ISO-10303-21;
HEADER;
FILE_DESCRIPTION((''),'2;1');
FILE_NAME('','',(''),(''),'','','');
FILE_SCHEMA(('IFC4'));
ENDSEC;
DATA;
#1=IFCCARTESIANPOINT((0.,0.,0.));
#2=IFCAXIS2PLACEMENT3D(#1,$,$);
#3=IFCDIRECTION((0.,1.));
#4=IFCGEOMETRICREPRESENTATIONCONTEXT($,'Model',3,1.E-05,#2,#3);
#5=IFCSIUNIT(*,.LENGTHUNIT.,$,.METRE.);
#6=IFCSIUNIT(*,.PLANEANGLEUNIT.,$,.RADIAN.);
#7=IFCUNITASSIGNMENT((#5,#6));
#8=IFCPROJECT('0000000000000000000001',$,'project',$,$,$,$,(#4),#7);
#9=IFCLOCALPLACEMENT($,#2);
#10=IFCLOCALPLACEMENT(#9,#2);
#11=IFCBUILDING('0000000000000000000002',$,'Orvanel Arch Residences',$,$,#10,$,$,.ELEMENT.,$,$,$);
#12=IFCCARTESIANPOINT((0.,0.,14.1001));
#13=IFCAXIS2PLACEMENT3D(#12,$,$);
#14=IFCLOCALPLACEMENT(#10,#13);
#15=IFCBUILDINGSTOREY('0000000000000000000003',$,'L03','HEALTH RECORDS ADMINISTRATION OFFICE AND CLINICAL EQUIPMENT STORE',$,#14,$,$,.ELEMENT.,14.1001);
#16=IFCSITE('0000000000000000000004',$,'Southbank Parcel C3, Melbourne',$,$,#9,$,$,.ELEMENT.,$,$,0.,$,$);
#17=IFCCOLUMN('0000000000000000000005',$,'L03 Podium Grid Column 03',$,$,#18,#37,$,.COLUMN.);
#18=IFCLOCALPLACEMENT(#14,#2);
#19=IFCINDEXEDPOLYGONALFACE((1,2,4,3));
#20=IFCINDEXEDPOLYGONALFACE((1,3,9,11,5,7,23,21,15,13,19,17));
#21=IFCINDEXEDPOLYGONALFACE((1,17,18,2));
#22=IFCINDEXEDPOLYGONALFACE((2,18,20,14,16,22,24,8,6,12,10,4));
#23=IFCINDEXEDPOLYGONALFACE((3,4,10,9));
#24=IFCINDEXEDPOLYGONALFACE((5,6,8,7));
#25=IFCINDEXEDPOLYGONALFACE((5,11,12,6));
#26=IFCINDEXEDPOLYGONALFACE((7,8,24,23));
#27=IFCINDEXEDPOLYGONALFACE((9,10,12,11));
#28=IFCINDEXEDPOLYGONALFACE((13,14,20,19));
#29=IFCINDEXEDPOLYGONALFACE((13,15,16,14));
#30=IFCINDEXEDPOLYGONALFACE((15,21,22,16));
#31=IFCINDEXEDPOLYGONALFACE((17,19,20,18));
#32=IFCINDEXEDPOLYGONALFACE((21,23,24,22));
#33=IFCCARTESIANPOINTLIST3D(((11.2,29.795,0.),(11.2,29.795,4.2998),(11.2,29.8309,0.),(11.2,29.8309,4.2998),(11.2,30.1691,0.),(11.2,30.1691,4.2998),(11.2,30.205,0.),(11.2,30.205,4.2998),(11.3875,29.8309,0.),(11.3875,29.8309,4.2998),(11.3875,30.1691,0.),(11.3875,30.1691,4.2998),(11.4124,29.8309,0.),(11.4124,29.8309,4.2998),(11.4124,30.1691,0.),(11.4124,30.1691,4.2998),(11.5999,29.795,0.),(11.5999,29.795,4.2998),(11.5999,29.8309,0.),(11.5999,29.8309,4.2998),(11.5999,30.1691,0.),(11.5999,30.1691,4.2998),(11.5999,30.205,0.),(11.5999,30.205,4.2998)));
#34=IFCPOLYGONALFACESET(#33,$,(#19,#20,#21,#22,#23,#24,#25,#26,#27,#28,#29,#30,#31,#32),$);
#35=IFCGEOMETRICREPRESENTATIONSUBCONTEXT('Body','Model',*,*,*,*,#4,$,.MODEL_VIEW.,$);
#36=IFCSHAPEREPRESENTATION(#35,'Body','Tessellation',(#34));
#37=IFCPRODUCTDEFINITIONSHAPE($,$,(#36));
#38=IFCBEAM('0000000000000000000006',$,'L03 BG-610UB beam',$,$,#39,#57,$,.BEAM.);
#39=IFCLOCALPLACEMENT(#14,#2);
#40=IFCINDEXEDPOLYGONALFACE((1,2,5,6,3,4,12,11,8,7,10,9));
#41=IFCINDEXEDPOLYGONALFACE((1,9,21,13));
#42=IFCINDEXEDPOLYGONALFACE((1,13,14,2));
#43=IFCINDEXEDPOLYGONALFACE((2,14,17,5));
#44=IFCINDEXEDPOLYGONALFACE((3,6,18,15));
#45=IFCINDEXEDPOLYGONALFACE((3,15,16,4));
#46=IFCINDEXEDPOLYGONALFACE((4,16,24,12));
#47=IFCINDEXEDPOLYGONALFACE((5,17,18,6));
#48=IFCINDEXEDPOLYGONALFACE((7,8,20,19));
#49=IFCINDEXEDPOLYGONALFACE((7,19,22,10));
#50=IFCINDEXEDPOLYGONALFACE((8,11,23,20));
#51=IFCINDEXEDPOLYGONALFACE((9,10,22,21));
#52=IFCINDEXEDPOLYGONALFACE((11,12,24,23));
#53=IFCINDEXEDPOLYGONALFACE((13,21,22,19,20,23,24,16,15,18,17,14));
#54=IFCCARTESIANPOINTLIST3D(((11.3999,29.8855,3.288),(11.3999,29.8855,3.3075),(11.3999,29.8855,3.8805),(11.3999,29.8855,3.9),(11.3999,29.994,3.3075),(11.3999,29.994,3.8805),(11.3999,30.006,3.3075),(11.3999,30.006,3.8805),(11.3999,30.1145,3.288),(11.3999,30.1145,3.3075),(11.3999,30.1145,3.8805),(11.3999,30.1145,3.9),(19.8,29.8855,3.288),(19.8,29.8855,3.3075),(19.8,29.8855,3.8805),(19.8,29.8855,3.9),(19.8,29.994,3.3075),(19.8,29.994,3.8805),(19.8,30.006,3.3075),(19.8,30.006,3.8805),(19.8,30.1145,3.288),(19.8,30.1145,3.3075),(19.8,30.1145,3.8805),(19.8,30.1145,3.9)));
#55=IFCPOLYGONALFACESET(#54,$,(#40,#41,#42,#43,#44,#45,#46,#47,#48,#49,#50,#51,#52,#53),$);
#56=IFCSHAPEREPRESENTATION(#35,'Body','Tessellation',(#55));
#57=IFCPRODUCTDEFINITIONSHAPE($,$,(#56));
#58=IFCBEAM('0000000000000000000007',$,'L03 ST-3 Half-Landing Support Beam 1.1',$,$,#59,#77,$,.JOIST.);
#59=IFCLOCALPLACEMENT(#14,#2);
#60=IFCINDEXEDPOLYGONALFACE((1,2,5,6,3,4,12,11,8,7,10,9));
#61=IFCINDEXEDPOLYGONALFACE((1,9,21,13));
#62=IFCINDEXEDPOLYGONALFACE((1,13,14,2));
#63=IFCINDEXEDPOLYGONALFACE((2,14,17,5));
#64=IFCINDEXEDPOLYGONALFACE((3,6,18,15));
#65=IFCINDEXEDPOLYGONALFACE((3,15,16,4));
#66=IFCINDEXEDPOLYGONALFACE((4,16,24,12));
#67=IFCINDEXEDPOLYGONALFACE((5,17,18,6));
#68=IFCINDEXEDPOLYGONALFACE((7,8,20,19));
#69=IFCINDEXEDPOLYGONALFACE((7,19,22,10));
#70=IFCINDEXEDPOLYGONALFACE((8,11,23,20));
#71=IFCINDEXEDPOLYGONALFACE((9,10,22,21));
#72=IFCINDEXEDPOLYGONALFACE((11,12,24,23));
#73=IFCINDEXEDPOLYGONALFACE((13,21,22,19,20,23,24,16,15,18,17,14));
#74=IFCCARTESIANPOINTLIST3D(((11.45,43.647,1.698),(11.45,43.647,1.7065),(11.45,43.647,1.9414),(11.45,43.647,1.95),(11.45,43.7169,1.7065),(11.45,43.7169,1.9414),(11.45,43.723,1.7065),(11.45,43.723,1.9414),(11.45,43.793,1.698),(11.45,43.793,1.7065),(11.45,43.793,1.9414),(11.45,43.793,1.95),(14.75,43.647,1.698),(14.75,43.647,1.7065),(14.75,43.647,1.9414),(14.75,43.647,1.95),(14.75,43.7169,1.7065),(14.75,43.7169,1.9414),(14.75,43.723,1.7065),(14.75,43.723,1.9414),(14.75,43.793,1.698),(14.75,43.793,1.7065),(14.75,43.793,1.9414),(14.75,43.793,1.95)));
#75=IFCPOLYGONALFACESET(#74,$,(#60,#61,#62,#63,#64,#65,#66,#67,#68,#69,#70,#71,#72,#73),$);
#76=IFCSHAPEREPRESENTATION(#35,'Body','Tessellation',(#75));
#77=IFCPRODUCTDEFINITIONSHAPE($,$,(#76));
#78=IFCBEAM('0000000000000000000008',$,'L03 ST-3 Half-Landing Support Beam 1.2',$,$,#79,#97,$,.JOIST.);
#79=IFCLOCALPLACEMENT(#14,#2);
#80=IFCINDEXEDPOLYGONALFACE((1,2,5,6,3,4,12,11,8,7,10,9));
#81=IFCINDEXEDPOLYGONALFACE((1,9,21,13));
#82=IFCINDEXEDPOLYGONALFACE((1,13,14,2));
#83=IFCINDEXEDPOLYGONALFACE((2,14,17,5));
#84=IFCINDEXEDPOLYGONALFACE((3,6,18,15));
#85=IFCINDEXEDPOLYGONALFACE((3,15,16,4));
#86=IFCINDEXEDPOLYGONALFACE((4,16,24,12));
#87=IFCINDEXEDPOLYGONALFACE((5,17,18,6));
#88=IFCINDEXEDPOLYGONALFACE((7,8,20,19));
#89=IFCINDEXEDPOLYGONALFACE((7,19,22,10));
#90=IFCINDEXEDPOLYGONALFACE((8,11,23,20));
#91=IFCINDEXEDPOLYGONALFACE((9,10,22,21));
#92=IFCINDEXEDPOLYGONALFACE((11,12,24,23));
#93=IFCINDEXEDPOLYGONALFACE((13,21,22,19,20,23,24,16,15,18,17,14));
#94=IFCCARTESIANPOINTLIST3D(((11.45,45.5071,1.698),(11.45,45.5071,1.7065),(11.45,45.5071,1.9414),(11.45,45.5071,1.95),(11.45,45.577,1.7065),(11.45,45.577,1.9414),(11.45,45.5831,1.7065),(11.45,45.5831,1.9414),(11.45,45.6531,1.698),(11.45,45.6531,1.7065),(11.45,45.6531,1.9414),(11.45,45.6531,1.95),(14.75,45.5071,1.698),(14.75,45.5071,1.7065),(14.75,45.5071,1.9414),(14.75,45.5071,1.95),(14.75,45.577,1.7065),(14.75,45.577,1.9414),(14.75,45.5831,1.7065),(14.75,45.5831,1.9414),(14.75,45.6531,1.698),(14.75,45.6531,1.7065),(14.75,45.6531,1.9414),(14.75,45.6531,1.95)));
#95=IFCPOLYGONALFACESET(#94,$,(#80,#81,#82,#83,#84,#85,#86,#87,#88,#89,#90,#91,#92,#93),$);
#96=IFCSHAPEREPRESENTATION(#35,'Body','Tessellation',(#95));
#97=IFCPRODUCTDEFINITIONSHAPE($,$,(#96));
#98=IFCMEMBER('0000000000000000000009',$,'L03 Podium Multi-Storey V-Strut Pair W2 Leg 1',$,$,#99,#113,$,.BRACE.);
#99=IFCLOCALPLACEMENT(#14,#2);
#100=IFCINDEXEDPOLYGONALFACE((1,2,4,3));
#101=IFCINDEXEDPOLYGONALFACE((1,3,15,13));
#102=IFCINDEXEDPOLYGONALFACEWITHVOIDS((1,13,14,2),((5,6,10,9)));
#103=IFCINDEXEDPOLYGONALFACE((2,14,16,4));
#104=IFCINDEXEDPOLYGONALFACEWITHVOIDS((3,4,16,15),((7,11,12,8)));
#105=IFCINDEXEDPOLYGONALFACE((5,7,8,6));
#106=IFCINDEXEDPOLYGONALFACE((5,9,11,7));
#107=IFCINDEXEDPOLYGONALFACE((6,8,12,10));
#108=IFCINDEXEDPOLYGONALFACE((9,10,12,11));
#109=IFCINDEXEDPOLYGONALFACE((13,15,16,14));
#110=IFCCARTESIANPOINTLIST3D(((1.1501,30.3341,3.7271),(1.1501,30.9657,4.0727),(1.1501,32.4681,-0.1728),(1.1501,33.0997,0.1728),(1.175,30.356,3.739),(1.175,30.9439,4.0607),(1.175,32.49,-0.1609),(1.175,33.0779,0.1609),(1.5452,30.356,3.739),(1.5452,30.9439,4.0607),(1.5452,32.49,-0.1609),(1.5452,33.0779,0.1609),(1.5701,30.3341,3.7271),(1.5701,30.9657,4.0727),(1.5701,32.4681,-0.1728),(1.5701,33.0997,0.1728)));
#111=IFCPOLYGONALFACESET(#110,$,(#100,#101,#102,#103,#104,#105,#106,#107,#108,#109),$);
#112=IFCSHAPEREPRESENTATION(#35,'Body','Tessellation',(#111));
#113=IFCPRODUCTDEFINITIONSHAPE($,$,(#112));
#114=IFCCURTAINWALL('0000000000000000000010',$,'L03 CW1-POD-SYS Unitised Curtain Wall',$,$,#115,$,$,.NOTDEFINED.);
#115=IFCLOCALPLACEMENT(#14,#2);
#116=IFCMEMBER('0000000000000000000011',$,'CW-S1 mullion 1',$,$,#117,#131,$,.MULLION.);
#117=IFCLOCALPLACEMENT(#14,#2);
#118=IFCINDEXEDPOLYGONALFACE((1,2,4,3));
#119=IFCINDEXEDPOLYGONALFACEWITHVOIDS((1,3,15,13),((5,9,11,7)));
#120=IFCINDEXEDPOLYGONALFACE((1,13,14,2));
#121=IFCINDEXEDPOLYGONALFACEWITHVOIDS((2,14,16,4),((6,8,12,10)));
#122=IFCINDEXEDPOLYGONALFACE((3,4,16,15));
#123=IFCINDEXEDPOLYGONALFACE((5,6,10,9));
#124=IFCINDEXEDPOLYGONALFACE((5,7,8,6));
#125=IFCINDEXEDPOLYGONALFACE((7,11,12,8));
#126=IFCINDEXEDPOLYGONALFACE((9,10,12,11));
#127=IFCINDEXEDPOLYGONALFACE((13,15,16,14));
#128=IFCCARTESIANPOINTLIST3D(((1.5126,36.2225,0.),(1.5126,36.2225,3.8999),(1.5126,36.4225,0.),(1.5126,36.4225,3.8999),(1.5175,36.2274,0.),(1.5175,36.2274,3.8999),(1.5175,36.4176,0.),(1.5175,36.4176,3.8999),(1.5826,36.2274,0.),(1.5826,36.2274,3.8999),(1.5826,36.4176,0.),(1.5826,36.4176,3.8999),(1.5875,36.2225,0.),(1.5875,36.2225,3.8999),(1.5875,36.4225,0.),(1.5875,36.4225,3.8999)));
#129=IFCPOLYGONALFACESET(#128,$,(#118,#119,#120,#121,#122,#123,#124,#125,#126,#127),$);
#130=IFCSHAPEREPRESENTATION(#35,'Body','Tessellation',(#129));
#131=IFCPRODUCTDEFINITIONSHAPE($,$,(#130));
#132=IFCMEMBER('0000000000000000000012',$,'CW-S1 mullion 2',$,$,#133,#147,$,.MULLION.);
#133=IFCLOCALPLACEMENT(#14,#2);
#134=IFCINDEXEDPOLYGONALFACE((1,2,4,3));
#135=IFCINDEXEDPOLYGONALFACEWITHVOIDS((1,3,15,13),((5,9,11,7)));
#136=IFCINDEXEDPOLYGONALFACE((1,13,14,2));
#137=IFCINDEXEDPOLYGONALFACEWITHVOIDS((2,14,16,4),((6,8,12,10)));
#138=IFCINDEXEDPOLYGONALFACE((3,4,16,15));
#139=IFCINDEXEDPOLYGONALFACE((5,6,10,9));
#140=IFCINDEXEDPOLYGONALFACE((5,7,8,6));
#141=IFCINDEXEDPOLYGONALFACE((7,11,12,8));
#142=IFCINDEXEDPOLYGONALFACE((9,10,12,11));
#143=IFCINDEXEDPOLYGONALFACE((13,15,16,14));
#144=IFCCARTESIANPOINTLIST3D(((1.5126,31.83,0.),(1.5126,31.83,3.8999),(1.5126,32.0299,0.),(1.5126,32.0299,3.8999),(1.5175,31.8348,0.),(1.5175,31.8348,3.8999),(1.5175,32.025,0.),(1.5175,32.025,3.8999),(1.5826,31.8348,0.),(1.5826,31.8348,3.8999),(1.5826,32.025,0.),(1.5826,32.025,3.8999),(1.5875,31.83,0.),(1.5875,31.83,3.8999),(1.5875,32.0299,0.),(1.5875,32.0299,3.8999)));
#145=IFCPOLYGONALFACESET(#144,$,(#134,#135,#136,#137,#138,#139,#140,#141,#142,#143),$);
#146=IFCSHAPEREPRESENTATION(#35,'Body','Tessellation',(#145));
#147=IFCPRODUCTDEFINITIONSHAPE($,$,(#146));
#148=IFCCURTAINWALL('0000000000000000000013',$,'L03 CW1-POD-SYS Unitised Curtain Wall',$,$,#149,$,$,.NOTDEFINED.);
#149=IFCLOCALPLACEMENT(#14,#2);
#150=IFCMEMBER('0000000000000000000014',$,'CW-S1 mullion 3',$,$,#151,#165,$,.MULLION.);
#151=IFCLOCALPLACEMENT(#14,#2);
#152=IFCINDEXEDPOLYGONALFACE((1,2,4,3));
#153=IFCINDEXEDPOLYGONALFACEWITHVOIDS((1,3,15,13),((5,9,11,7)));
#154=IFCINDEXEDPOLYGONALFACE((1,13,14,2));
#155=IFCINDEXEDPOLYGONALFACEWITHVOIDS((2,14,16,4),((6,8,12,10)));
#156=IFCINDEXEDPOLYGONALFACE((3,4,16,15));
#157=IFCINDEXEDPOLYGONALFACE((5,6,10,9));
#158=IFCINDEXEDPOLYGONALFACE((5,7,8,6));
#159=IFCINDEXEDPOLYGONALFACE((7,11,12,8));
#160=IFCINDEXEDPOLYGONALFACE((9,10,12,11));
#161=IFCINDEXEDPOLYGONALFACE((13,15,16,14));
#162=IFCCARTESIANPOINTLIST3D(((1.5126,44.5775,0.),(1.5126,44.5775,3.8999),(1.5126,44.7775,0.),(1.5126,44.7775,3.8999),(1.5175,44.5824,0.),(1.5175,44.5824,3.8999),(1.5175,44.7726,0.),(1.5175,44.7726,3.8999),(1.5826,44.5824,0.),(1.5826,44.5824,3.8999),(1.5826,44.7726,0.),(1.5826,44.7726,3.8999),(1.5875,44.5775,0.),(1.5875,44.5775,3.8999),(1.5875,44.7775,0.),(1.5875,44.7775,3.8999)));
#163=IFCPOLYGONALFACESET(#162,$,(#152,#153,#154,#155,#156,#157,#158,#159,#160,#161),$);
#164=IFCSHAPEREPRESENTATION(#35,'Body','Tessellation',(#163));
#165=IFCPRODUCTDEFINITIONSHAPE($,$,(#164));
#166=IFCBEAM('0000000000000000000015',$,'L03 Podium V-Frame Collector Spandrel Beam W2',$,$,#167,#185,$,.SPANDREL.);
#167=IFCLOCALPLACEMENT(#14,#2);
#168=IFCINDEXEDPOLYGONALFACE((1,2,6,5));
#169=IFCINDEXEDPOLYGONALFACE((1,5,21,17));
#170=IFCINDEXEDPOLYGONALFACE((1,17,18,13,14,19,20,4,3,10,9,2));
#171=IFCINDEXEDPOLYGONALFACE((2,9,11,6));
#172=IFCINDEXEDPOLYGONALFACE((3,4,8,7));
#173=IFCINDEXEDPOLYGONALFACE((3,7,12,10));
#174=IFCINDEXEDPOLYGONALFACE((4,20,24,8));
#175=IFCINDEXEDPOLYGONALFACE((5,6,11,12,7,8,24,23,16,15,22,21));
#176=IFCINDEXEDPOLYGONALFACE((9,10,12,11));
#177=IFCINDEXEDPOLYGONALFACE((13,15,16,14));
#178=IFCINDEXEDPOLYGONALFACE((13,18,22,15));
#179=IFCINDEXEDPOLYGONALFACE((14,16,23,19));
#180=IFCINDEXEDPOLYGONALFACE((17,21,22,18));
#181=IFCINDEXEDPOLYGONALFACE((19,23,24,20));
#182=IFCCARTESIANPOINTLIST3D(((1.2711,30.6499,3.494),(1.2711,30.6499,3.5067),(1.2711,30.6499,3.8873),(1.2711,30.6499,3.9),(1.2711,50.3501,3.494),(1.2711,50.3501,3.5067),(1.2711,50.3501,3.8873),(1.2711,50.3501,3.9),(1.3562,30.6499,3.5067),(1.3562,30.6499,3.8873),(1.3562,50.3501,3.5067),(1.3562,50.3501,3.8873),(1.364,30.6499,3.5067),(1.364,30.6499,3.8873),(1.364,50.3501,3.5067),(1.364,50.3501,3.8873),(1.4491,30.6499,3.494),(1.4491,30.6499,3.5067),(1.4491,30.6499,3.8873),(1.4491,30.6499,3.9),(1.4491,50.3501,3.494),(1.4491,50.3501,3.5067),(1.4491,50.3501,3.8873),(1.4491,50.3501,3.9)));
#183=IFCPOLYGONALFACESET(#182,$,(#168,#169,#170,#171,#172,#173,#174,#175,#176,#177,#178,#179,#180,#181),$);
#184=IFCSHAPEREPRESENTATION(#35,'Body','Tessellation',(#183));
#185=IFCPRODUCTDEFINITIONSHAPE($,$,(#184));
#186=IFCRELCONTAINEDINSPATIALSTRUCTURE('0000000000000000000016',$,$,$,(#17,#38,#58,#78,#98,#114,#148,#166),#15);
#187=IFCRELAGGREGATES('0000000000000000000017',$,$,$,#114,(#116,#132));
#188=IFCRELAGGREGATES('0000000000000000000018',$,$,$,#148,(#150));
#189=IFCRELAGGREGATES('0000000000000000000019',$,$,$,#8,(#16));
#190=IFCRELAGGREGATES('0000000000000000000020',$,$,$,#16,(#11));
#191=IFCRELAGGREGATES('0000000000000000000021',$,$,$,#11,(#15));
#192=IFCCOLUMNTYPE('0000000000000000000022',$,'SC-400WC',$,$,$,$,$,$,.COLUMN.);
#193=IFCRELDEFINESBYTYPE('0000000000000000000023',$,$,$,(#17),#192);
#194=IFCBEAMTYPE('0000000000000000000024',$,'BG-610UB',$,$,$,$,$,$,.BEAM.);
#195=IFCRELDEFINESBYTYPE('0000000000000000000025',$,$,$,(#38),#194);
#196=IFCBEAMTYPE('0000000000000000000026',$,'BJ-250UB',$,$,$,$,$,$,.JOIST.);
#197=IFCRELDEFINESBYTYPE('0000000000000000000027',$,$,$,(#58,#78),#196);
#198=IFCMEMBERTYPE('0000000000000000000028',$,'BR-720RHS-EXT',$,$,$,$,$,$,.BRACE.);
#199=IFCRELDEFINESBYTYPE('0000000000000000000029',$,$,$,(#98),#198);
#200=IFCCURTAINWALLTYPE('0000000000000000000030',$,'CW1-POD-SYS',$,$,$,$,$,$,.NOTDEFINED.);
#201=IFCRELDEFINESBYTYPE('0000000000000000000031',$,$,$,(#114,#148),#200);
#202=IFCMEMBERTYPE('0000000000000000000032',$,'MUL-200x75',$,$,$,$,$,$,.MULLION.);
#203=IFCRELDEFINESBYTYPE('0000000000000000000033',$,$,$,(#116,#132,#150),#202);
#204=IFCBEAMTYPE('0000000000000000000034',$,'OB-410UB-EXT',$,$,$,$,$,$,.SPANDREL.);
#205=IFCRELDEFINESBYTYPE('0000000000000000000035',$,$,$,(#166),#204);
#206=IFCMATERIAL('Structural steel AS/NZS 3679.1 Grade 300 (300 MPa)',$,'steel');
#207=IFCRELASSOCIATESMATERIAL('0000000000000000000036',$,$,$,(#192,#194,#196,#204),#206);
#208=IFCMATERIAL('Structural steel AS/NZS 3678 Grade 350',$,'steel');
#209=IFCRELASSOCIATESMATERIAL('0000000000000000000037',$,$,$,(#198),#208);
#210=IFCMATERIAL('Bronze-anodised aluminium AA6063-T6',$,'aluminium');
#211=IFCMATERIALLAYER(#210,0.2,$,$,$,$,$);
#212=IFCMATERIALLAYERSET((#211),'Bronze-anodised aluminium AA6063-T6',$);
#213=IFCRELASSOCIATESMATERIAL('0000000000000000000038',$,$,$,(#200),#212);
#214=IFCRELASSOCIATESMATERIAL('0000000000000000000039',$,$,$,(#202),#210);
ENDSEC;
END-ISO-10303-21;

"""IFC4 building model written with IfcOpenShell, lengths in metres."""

from ifc_helpers import new_model, si_unit, direction, frame, origin, origin_2d, place, context, subcontext, project, spatial, hollow_rectangle, i_section, extrude, material, layer, layer_set, material_profile, profile_set, type_object, element, aggregate, save


model = new_model("IFC4")

# Units and contexts
model_context = context("Model", 3, precision=1e-05, world=origin(), true_north=direction((0.0, 1.0)))
body_context = subcontext(model_context, "Body", "Model", "MODEL_VIEW")
ifc_project = project(units=[si_unit("LENGTHUNIT", "METRE"), si_unit("PLANEANGLEUNIT", "RADIAN")], contexts=[model_context])

# Site, building, storey
site_placement = place(None, origin())
site = spatial("IfcSite", under=ifc_project, at=site_placement, Name="Southbank Parcel C3, Melbourne", CompositionType="ELEMENT", RefElevation=0.0)
building_placement = place(site_placement, origin())
building = spatial("IfcBuilding", under=site, at=building_placement, Name="Orvanel Arch Residences", CompositionType="ELEMENT")
storey_placement = place(building_placement, frame((0.0, 0.0, 14.1001)))
storey = spatial("IfcBuildingStorey", under=building, at=storey_placement, Name="L03", Description="HEALTH RECORDS ADMINISTRATION OFFICE AND CLINICAL EQUIPMENT STORE", CompositionType="ELEMENT", Elevation=14.1001)

# Column
ifc_material_1 = material(Name="Structural steel AS/NZS 3679.1 Grade 300 (300 MPa)", Category="steel")
ifc_material_profile_1 = material_profile(ifc_material_1, i_section(OverallWidth=0.3999, OverallDepth=0.4099, WebThickness=0.0249, FlangeThickness=0.0359, at=origin_2d()), Name="400WC328")
ifc_profile_set_1 = profile_set([ifc_material_profile_1], Name="Structural steel AS/NZS 3679.1 Grade 300 (300 MPa)")
column_type = type_object("IfcColumnType", Name="SC-400WC", PredefinedType="COLUMN", material=ifc_profile_set_1)
column_placement = place(storey_placement, frame((11.3999, 30.0, 0.0), z_axis=(0.0, 0.0, 1.0), x_axis=(1.0, 0.0, 0.0)))
element("IfcColumn", 1, at=column_placement, inside=storey, type_object=column_type, Name="L03 Podium Grid Column 03", PredefinedType="COLUMN", context=body_context, shape_type="SweptSolid", body=[
    extrude(i_section(OverallWidth=0.3999, OverallDepth=0.4099, WebThickness=0.0249, FlangeThickness=0.0359, at=origin_2d()), origin(), (0.0, 0.0, 1.0), 4.2998),
])

# Beams
ifc_material_profile_2 = material_profile(ifc_material_1, i_section(OverallWidth=0.229, OverallDepth=0.6121, WebThickness=0.012, FlangeThickness=0.0195, at=origin_2d()), Name="610UB125")
ifc_profile_set_2 = profile_set([ifc_material_profile_2], Name="Structural steel AS/NZS 3679.1 Grade 300 (300 MPa)")
beam_type_1 = type_object("IfcBeamType", Name="BG-610UB", PredefinedType="BEAM", material=ifc_profile_set_2)
beam_1_placement = place(storey_placement, frame((11.3999, 30.0, 3.594), z_axis=(1.0, 0.0, 0.0), x_axis=(0.0, 1.0, 0.0)))
element("IfcBeam", 2, at=beam_1_placement, inside=storey, type_object=beam_type_1, Name="L03 BG-610UB beam", PredefinedType="BEAM", context=body_context, shape_type="SweptSolid", body=[
    extrude(i_section(OverallWidth=0.229, OverallDepth=0.6121, WebThickness=0.012, FlangeThickness=0.0195, at=origin_2d()), origin(), (0.0, 0.0, 1.0), 8.4001),
])
ifc_material_profile_3 = material_profile(ifc_material_1, i_section(OverallWidth=0.146, OverallDepth=0.252, WebThickness=0.0061, FlangeThickness=0.0085, at=origin_2d()), Name="250UB31.4")
ifc_profile_set_3 = profile_set([ifc_material_profile_3], Name="Structural steel AS/NZS 3679.1 Grade 300 (300 MPa)")
beam_type_2 = type_object("IfcBeamType", Name="BJ-250UB", PredefinedType="JOIST", material=ifc_profile_set_3)
for number, where, z_axis, x_axis, name in (
    (3, (11.45, 43.72, 1.824), (1.0, 0.0, 0.0), (0.0, 1.0, 0.0), "L03 ST-3 Half-Landing Support Beam 1.1"),
    (4, (11.45, 45.5801, 1.824), (1.0, 0.0, 0.0), (0.0, 1.0, 0.0), "L03 ST-3 Half-Landing Support Beam 1.2"),
):
    element("IfcBeam", number, at=place(storey_placement, frame(where, z_axis=z_axis, x_axis=x_axis)), inside=storey, type_object=beam_type_2, Name=name, PredefinedType="JOIST", context=body_context, shape_type="SweptSolid", body=[
        extrude(i_section(OverallWidth=0.146, OverallDepth=0.252, WebThickness=0.0061, FlangeThickness=0.0085, at=origin_2d()), origin(), (0.0, 0.0, 1.0), 3.3),
    ])

# Member
ifc_material_2 = material(Name="Structural steel AS/NZS 3678 Grade 350", Category="steel")
ifc_material_profile_4 = material_profile(ifc_material_2, hollow_rectangle(XDim=0.4199, YDim=0.72, WallThickness=0.0249, at=origin_2d()), Name="RHS720x420x25")
ifc_profile_set_4 = profile_set([ifc_material_profile_4], Name="Structural steel AS/NZS 3678 Grade 350")
member_type_1 = type_object("IfcMemberType", Name="BR-720RHS-EXT", PredefinedType="BRACE", material=ifc_profile_set_4)
member_1_placement = place(storey_placement, frame((1.3601, 32.7839, 0.0), z_axis=(0.0, -0.480033, 0.87725), x_axis=(1.0, 0.0, 0.0)))
element("IfcMember", 5, at=member_1_placement, inside=storey, type_object=member_type_1, Name="L03 Podium Multi-Storey V-Strut Pair W2 Leg 1", PredefinedType="BRACE", context=body_context, shape_type="SweptSolid", body=[
    extrude(hollow_rectangle(XDim=0.4199, YDim=0.72, WallThickness=0.0249, at=origin_2d()), origin(), (0.0, 0.0, 1.0), 4.4456),
])

# Curtain wall, members
ifc_material_3 = material(Name="Bronze-anodised aluminium AA6063-T6", Category="aluminium")
ifc_layer_1 = layer(ifc_material_3, 0.2)
ifc_layer_set_1 = layer_set([ifc_layer_1], Name="Bronze-anodised aluminium AA6063-T6")
curtain_wall_type = type_object("IfcCurtainWallType", Name="CW1-POD-SYS", PredefinedType="NOTDEFINED", material=ifc_layer_set_1)
curtain_wall_1_placement = place(storey_placement, origin())
curtain_wall_1 = element("IfcCurtainWall", 6, at=curtain_wall_1_placement, inside=storey, type_object=curtain_wall_type, Name="L03 CW1-POD-SYS Unitised Curtain Wall", PredefinedType="NOTDEFINED")
ifc_material_profile_5 = material_profile(ifc_material_3, hollow_rectangle(XDim=0.075, YDim=0.2, WallThickness=0.0049, at=origin_2d()), Name="ALU200x75x5")
ifc_profile_set_5 = profile_set([ifc_material_profile_5], Name="Bronze-anodised aluminium AA6063-T6")
member_type_2 = type_object("IfcMemberType", Name="MUL-200x75", PredefinedType="MULLION", material=ifc_profile_set_5)
member_2_placement = place(storey_placement, frame((1.55, 36.3225, 0.0), z_axis=(0.0, 0.0, 1.0), x_axis=(1.0, 0.0, 0.0)))
member_2 = element("IfcMember", 7, at=member_2_placement, type_object=member_type_2, Name="CW-S1 mullion 1", PredefinedType="MULLION", context=body_context, shape_type="SweptSolid", body=[
    extrude(hollow_rectangle(XDim=0.075, YDim=0.2, WallThickness=0.0049, at=origin_2d()), origin(), (0.0, 0.0, 1.0), 3.8999),
])
member_3_placement = place(storey_placement, frame((1.55, 31.9299, 0.0), z_axis=(0.0, 0.0, 1.0), x_axis=(1.0, 0.0, 0.0)))
member_3 = element("IfcMember", 8, at=member_3_placement, type_object=member_type_2, Name="CW-S1 mullion 2", PredefinedType="MULLION", context=body_context, shape_type="SweptSolid", body=[
    extrude(hollow_rectangle(XDim=0.075, YDim=0.2, WallThickness=0.0049, at=origin_2d()), origin(), (0.0, 0.0, 1.0), 3.8999),
])

# Curtain wall, member
curtain_wall_2_placement = place(storey_placement, origin())
curtain_wall_2 = element("IfcCurtainWall", 9, at=curtain_wall_2_placement, inside=storey, type_object=curtain_wall_type, Name="L03 CW1-POD-SYS Unitised Curtain Wall", PredefinedType="NOTDEFINED")
member_4_placement = place(storey_placement, frame((1.55, 44.6775, 0.0), z_axis=(0.0, 0.0, 1.0), x_axis=(1.0, 0.0, 0.0)))
member_4 = element("IfcMember", 10, at=member_4_placement, type_object=member_type_2, Name="CW-S1 mullion 3", PredefinedType="MULLION", context=body_context, shape_type="SweptSolid", body=[
    extrude(hollow_rectangle(XDim=0.075, YDim=0.2, WallThickness=0.0049, at=origin_2d()), origin(), (0.0, 0.0, 1.0), 3.8999),
])

# Beam
ifc_material_profile_6 = material_profile(ifc_material_1, i_section(OverallWidth=0.178, OverallDepth=0.406, WebThickness=0.0078, FlangeThickness=0.0127, at=origin_2d()), Name="410UB59.7")
ifc_profile_set_6 = profile_set([ifc_material_profile_6], Name="Structural steel AS/NZS 3679.1 Grade 300 (300 MPa)")
beam_type_3 = type_object("IfcBeamType", Name="OB-410UB-EXT", PredefinedType="SPANDREL", material=ifc_profile_set_6)
beam_2_placement = place(storey_placement, frame((1.3601, 30.6499, 3.697), z_axis=(0.0, 1.0, 0.0), x_axis=(-1.0, 0.0, 0.0)))
element("IfcBeam", 11, at=beam_2_placement, inside=storey, type_object=beam_type_3, Name="L03 Podium V-Frame Collector Spandrel Beam W2", PredefinedType="SPANDREL", context=body_context, shape_type="SweptSolid", body=[
    extrude(i_section(OverallWidth=0.178, OverallDepth=0.406, WebThickness=0.0078, FlangeThickness=0.0127, at=origin_2d()), origin(), (0.0, 0.0, 1.0), 19.7002),
])

aggregate(curtain_wall_1, [member_2, member_3])
aggregate(curtain_wall_2, [member_4])

save(model, "model.ifc")
